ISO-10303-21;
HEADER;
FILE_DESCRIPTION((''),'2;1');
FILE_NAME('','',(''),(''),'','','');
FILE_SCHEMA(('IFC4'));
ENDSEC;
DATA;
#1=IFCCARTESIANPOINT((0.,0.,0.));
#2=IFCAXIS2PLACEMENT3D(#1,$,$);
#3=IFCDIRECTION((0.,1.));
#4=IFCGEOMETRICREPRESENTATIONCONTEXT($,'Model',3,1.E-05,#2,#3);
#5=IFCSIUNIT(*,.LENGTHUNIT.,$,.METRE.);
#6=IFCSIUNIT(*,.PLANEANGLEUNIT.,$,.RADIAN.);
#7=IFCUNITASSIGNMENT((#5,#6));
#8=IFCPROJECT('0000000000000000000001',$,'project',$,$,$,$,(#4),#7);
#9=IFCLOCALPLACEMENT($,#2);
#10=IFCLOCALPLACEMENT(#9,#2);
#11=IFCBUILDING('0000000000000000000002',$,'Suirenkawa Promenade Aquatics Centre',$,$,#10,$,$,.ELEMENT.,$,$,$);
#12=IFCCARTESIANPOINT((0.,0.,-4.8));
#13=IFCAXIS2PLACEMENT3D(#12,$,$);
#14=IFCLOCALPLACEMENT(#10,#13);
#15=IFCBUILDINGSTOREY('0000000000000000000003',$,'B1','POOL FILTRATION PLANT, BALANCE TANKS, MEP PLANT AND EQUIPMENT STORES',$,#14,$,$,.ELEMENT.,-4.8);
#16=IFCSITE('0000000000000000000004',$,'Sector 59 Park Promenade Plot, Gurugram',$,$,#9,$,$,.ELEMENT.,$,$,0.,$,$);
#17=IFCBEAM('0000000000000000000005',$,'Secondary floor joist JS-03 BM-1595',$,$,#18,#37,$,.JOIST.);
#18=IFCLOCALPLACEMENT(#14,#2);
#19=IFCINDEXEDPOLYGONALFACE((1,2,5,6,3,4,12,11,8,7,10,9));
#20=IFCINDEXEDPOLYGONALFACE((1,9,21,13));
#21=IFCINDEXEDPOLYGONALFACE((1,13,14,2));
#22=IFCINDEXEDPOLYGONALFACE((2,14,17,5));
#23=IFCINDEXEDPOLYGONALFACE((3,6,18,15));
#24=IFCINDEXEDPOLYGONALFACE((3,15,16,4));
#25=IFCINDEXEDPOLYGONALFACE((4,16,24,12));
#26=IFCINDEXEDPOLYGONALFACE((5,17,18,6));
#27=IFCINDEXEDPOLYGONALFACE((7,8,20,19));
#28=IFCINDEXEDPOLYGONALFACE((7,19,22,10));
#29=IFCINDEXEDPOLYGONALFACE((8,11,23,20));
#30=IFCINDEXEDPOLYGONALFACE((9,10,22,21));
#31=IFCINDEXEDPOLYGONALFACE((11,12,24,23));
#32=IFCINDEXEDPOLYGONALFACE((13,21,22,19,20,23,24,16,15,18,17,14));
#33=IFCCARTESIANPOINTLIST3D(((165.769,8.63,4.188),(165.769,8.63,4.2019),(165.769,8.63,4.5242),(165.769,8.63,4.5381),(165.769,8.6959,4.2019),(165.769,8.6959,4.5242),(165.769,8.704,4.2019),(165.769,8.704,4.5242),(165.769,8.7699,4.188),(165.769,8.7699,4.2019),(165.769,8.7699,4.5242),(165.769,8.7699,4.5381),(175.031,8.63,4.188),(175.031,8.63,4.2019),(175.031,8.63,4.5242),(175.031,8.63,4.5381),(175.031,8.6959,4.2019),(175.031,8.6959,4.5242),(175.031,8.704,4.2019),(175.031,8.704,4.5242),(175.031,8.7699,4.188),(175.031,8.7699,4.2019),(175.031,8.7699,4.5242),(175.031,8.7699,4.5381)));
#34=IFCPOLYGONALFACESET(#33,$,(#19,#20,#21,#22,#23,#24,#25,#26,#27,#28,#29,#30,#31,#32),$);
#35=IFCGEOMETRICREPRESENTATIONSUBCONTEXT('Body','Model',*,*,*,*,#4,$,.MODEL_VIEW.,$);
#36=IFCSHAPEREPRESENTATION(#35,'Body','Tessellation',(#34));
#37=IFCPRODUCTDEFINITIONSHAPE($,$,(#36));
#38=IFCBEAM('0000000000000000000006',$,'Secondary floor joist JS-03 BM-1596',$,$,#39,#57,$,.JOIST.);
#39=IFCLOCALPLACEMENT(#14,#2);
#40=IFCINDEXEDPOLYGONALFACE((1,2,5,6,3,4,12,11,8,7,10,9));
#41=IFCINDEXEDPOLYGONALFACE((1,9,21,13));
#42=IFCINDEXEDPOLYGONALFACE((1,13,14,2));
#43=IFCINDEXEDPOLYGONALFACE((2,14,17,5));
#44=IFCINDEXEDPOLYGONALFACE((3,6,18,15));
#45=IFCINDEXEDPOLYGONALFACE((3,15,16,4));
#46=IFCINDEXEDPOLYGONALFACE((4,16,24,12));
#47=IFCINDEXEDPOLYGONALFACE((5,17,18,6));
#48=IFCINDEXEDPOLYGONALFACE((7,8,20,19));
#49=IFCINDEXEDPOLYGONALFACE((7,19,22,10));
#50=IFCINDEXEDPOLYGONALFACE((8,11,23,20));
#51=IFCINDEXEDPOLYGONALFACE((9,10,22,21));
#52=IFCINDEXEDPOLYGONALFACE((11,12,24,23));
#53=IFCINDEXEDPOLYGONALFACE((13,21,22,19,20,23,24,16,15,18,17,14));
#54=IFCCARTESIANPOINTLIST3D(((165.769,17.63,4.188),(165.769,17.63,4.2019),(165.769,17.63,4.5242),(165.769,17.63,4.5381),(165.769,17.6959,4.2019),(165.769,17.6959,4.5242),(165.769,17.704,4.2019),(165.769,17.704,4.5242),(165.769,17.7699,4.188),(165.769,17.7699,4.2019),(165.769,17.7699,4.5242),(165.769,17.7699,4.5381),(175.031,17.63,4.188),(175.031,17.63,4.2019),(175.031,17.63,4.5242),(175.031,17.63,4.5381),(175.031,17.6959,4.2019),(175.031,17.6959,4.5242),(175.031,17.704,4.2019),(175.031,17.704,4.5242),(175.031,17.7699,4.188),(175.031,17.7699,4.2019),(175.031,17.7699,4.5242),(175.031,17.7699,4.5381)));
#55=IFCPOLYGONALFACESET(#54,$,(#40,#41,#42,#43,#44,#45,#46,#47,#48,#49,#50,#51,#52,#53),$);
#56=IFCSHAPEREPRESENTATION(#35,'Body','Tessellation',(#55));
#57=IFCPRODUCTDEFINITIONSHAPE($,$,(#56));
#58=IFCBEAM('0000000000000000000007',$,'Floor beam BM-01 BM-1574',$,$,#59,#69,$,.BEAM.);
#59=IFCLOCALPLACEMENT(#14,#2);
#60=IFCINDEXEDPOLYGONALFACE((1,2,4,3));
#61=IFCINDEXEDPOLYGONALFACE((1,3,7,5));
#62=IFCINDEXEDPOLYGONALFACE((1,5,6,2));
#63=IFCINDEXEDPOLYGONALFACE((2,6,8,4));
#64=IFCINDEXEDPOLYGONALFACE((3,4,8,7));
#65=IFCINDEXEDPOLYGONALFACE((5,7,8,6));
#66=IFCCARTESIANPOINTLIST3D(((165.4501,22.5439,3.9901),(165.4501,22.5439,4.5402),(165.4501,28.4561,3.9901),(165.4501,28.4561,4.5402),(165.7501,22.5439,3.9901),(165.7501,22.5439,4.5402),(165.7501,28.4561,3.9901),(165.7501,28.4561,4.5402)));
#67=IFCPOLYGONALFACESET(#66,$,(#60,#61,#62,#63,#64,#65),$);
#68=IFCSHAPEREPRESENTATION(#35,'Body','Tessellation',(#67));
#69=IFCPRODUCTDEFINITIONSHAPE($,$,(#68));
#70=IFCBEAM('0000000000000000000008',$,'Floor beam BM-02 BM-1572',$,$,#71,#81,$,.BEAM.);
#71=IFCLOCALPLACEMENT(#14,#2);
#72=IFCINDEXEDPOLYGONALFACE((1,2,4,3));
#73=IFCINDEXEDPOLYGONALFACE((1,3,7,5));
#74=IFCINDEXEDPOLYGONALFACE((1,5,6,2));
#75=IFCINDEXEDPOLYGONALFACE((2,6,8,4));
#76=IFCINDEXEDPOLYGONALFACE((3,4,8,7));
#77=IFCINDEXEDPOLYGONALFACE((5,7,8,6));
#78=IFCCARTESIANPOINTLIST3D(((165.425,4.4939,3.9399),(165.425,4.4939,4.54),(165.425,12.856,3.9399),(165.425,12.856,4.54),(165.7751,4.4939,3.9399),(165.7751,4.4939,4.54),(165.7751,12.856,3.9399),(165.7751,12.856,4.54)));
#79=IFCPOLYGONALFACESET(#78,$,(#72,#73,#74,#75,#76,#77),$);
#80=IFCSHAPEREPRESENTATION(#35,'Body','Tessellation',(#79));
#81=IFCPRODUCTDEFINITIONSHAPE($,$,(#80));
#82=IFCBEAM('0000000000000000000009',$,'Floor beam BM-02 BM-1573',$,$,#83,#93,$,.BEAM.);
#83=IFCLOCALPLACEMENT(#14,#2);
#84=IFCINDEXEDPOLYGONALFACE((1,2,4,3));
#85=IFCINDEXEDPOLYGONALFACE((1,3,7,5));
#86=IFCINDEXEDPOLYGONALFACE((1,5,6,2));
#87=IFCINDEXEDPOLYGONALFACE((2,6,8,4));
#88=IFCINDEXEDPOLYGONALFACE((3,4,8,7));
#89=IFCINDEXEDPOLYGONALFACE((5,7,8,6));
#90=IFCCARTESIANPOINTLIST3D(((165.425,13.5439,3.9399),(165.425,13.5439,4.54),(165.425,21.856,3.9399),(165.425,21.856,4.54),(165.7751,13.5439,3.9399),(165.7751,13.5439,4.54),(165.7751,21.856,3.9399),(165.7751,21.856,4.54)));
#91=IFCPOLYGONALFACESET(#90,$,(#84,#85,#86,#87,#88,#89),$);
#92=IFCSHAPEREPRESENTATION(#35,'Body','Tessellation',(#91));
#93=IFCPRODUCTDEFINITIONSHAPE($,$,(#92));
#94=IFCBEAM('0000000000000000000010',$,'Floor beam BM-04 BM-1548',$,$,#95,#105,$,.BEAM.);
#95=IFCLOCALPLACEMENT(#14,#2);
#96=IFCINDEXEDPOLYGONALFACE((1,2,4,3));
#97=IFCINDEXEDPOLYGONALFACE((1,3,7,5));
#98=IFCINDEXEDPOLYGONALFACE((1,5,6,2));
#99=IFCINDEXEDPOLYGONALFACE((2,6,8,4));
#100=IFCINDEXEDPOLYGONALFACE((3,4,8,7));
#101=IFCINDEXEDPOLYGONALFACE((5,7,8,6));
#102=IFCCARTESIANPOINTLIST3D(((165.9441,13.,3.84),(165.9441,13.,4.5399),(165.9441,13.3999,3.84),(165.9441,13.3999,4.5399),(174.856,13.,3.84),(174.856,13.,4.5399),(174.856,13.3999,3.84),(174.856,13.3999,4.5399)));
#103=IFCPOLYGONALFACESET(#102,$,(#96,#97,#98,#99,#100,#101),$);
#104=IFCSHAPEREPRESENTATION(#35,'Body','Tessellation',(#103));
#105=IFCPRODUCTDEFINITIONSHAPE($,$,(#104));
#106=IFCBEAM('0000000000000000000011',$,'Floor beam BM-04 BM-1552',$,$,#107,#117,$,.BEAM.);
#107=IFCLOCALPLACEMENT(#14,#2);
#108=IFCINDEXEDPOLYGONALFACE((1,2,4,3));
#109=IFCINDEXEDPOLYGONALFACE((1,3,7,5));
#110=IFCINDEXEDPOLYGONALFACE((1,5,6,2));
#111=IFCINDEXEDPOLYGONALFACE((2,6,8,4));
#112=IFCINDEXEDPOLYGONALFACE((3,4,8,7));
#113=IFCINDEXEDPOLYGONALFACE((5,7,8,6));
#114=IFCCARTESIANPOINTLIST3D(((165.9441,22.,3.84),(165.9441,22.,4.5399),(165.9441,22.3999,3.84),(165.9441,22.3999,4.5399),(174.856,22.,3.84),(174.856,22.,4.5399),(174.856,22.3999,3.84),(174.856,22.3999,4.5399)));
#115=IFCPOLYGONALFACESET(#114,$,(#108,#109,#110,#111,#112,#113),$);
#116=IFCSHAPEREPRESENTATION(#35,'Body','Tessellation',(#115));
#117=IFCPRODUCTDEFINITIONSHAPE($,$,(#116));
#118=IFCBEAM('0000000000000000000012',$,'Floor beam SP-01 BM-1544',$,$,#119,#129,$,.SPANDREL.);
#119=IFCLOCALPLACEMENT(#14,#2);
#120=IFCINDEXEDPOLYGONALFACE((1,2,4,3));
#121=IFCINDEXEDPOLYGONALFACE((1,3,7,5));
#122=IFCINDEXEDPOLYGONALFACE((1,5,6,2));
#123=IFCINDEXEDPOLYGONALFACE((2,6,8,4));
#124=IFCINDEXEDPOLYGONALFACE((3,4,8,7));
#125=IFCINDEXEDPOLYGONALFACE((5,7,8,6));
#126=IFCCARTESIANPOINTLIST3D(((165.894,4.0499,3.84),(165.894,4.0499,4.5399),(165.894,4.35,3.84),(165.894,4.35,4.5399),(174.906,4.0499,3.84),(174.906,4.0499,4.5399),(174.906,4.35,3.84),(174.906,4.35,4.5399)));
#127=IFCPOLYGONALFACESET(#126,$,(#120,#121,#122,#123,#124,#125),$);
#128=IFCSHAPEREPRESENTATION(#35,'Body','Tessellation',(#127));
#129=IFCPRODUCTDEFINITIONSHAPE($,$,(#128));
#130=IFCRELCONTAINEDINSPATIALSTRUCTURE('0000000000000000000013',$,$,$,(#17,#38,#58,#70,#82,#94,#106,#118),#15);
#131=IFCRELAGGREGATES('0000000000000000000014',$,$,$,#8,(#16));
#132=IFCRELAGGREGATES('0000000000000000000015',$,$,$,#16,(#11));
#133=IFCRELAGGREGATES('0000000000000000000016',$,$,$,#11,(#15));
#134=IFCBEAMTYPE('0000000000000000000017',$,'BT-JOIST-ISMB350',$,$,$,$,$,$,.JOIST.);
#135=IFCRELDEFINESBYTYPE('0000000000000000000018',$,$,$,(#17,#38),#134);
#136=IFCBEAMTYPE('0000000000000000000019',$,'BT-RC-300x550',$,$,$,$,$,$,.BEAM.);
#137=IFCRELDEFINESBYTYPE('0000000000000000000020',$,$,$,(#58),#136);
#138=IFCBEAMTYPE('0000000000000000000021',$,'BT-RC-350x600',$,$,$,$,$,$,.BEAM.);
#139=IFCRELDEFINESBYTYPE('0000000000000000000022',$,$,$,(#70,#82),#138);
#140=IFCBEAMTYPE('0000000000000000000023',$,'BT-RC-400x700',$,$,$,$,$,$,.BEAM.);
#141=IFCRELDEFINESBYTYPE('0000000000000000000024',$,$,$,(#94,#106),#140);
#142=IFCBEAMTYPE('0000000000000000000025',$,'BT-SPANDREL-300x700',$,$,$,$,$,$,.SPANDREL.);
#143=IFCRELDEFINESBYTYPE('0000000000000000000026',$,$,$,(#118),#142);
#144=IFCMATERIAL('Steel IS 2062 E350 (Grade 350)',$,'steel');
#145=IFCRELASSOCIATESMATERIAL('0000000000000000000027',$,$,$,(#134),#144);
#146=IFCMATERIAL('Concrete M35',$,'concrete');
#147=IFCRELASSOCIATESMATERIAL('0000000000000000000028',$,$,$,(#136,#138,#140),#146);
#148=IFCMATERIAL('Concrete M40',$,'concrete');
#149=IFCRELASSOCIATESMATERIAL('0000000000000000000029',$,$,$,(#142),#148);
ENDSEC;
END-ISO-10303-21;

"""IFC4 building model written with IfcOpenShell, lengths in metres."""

from ifc_helpers import new_model, si_unit, direction, frame, origin, origin_2d, place, context, subcontext, project, spatial, rectangle, i_section, extrude, material, material_profile, profile_set, type_object, element, save


model = new_model("IFC4")

# Units and contexts
model_context = context("Model", 3, precision=1e-05, world=origin(), true_north=direction((0.0, 1.0)))
body_context = subcontext(model_context, "Body", "Model", "MODEL_VIEW")
ifc_project = project(units=[si_unit("LENGTHUNIT", "METRE"), si_unit("PLANEANGLEUNIT", "RADIAN")], contexts=[model_context])

# Site, building, storey
site_placement = place(None, origin())
site = spatial("IfcSite", under=ifc_project, at=site_placement, Name="Sector 59 Park Promenade Plot, Gurugram", CompositionType="ELEMENT", RefElevation=0.0)
building_placement = place(site_placement, origin())
building = spatial("IfcBuilding", under=site, at=building_placement, Name="Suirenkawa Promenade Aquatics Centre", CompositionType="ELEMENT")
storey_placement = place(building_placement, frame((0.0, 0.0, -4.8)))
storey = spatial("IfcBuildingStorey", under=building, at=storey_placement, Name="B1", Description="POOL FILTRATION PLANT, BALANCE TANKS, MEP PLANT AND EQUIPMENT STORES", CompositionType="ELEMENT", Elevation=-4.8)

# Shared definitions
ifc_material_1 = material(Name="Concrete M35", Category="concrete")

# Shared definitions
ifc_material_2 = material(Name="Concrete M40", Category="concrete")

# Beams
ifc_material_3 = material(Name="Steel IS 2062 E350 (Grade 350)", Category="steel")
ifc_material_profile_1 = material_profile(ifc_material_3, i_section(OverallWidth=0.1399, OverallDepth=0.3501, WebThickness=0.0081, FlangeThickness=0.0139, at=origin_2d()), Name="ISMB 350", Category="steel")
ifc_profile_set_1 = profile_set([ifc_material_profile_1], Name="Steel IS 2062 E350 (Grade 350)")
beam_type_1 = type_object("IfcBeamType", Name="BT-JOIST-ISMB350", PredefinedType="JOIST", material=ifc_profile_set_1)
for number, where, z_axis, x_axis, name in (
    (1, (165.769, 8.7, 4.363), (1.0, 0.0, 0.0), (0.0, 1.0, 0.0), "Secondary floor joist JS-03 BM-1595"),
    (2, (165.769, 17.7, 4.363), (1.0, 0.0, 0.0), (0.0, 1.0, 0.0), "Secondary floor joist JS-03 BM-1596"),
):
    element("IfcBeam", number, at=place(storey_placement, frame(where, z_axis=z_axis, x_axis=x_axis)), inside=storey, type_object=beam_type_1, Name=name, PredefinedType="JOIST", context=body_context, shape_type="SweptSolid", body=[
        extrude(i_section(OverallWidth=0.1399, OverallDepth=0.3501, WebThickness=0.0081, FlangeThickness=0.0139, at=origin_2d()), origin(), (0.0, 0.0, 1.0), 9.262),
    ])
ifc_material_profile_2 = material_profile(ifc_material_1, rectangle(XDim=0.3, YDim=0.55, at=origin_2d()), Name="RC BM 300x550", Category="concrete")
ifc_profile_set_2 = profile_set([ifc_material_profile_2], Name="Concrete M35")
beam_type_2 = type_object("IfcBeamType", Name="BT-RC-300x550", PredefinedType="BEAM", material=ifc_profile_set_2)
beam_1_placement = place(storey_placement, frame((165.6001, 22.5439, 4.2651), z_axis=(0.0, 1.0, 0.0), x_axis=(-1.0, 0.0, 0.0)))
element("IfcBeam", 3, at=beam_1_placement, inside=storey, type_object=beam_type_2, Name="Floor beam BM-01 BM-1574", PredefinedType="BEAM", context=body_context, shape_type="SweptSolid", body=[
    extrude(rectangle(XDim=0.3, YDim=0.55, at=origin_2d()), origin(), (0.0, 0.0, 1.0), 5.9121),
])
ifc_material_profile_3 = material_profile(ifc_material_1, rectangle(XDim=0.3501, YDim=0.6001, at=origin_2d()), Name="RC BM 350x600", Category="concrete")
ifc_profile_set_3 = profile_set([ifc_material_profile_3], Name="Concrete M35")
beam_type_3 = type_object("IfcBeamType", Name="BT-RC-350x600", PredefinedType="BEAM", material=ifc_profile_set_3)
beam_2_placement = place(storey_placement, frame((165.6001, 4.4939, 4.24), z_axis=(0.0, 1.0, 0.0), x_axis=(-1.0, 0.0, 0.0)))
element("IfcBeam", 4, at=beam_2_placement, inside=storey, type_object=beam_type_3, Name="Floor beam BM-02 BM-1572", PredefinedType="BEAM", context=body_context, shape_type="SweptSolid", body=[
    extrude(rectangle(XDim=0.3501, YDim=0.6001, at=origin_2d()), origin(), (0.0, 0.0, 1.0), 8.3621),
])
beam_3_placement = place(storey_placement, frame((165.6001, 13.5439, 4.24), z_axis=(0.0, 1.0, 0.0), x_axis=(-1.0, 0.0, 0.0)))
element("IfcBeam", 5, at=beam_3_placement, inside=storey, type_object=beam_type_3, Name="Floor beam BM-02 BM-1573", PredefinedType="BEAM", context=body_context, shape_type="SweptSolid", body=[
    extrude(rectangle(XDim=0.3501, YDim=0.6001, at=origin_2d()), origin(), (0.0, 0.0, 1.0), 8.312),
])
ifc_material_profile_4 = material_profile(ifc_material_1, rectangle(XDim=0.3999, YDim=0.7, at=origin_2d()), Name="RC BM 400x700", Category="concrete")
ifc_profile_set_4 = profile_set([ifc_material_profile_4], Name="Concrete M35")
beam_type_4 = type_object("IfcBeamType", Name="BT-RC-400x700", PredefinedType="BEAM", material=ifc_profile_set_4)
for number, where, z_axis, x_axis, name in (
    (6, (165.9441, 13.2, 4.1899), (1.0, 0.0, 0.0), (0.0, 1.0, 0.0), "Floor beam BM-04 BM-1548"),
    (7, (165.9441, 22.2, 4.1899), (1.0, 0.0, 0.0), (0.0, 1.0, 0.0), "Floor beam BM-04 BM-1552"),
):
    element("IfcBeam", number, at=place(storey_placement, frame(where, z_axis=z_axis, x_axis=x_axis)), inside=storey, type_object=beam_type_4, Name=name, PredefinedType="BEAM", context=body_context, shape_type="SweptSolid", body=[
        extrude(rectangle(XDim=0.3999, YDim=0.7, at=origin_2d()), origin(), (0.0, 0.0, 1.0), 8.9119),
    ])
ifc_material_profile_5 = material_profile(ifc_material_2, rectangle(XDim=0.3, YDim=0.7, at=origin_2d()), Name="RC SPANDREL 300x700", Category="concrete")
ifc_profile_set_5 = profile_set([ifc_material_profile_5], Name="Concrete M40")
beam_type_5 = type_object("IfcBeamType", Name="BT-SPANDREL-300x700", PredefinedType="SPANDREL", material=ifc_profile_set_5)
beam_4_placement = place(storey_placement, frame((165.894, 4.2, 4.1899), z_axis=(1.0, 0.0, 0.0), x_axis=(0.0, 1.0, 0.0)))
element("IfcBeam", 8, at=beam_4_placement, inside=storey, type_object=beam_type_5, Name="Floor beam SP-01 BM-1544", PredefinedType="SPANDREL", context=body_context, shape_type="SweptSolid", body=[
    extrude(rectangle(XDim=0.3, YDim=0.7, at=origin_2d()), origin(), (0.0, 0.0, 1.0), 9.012),
])

save(model, "model.ifc")
